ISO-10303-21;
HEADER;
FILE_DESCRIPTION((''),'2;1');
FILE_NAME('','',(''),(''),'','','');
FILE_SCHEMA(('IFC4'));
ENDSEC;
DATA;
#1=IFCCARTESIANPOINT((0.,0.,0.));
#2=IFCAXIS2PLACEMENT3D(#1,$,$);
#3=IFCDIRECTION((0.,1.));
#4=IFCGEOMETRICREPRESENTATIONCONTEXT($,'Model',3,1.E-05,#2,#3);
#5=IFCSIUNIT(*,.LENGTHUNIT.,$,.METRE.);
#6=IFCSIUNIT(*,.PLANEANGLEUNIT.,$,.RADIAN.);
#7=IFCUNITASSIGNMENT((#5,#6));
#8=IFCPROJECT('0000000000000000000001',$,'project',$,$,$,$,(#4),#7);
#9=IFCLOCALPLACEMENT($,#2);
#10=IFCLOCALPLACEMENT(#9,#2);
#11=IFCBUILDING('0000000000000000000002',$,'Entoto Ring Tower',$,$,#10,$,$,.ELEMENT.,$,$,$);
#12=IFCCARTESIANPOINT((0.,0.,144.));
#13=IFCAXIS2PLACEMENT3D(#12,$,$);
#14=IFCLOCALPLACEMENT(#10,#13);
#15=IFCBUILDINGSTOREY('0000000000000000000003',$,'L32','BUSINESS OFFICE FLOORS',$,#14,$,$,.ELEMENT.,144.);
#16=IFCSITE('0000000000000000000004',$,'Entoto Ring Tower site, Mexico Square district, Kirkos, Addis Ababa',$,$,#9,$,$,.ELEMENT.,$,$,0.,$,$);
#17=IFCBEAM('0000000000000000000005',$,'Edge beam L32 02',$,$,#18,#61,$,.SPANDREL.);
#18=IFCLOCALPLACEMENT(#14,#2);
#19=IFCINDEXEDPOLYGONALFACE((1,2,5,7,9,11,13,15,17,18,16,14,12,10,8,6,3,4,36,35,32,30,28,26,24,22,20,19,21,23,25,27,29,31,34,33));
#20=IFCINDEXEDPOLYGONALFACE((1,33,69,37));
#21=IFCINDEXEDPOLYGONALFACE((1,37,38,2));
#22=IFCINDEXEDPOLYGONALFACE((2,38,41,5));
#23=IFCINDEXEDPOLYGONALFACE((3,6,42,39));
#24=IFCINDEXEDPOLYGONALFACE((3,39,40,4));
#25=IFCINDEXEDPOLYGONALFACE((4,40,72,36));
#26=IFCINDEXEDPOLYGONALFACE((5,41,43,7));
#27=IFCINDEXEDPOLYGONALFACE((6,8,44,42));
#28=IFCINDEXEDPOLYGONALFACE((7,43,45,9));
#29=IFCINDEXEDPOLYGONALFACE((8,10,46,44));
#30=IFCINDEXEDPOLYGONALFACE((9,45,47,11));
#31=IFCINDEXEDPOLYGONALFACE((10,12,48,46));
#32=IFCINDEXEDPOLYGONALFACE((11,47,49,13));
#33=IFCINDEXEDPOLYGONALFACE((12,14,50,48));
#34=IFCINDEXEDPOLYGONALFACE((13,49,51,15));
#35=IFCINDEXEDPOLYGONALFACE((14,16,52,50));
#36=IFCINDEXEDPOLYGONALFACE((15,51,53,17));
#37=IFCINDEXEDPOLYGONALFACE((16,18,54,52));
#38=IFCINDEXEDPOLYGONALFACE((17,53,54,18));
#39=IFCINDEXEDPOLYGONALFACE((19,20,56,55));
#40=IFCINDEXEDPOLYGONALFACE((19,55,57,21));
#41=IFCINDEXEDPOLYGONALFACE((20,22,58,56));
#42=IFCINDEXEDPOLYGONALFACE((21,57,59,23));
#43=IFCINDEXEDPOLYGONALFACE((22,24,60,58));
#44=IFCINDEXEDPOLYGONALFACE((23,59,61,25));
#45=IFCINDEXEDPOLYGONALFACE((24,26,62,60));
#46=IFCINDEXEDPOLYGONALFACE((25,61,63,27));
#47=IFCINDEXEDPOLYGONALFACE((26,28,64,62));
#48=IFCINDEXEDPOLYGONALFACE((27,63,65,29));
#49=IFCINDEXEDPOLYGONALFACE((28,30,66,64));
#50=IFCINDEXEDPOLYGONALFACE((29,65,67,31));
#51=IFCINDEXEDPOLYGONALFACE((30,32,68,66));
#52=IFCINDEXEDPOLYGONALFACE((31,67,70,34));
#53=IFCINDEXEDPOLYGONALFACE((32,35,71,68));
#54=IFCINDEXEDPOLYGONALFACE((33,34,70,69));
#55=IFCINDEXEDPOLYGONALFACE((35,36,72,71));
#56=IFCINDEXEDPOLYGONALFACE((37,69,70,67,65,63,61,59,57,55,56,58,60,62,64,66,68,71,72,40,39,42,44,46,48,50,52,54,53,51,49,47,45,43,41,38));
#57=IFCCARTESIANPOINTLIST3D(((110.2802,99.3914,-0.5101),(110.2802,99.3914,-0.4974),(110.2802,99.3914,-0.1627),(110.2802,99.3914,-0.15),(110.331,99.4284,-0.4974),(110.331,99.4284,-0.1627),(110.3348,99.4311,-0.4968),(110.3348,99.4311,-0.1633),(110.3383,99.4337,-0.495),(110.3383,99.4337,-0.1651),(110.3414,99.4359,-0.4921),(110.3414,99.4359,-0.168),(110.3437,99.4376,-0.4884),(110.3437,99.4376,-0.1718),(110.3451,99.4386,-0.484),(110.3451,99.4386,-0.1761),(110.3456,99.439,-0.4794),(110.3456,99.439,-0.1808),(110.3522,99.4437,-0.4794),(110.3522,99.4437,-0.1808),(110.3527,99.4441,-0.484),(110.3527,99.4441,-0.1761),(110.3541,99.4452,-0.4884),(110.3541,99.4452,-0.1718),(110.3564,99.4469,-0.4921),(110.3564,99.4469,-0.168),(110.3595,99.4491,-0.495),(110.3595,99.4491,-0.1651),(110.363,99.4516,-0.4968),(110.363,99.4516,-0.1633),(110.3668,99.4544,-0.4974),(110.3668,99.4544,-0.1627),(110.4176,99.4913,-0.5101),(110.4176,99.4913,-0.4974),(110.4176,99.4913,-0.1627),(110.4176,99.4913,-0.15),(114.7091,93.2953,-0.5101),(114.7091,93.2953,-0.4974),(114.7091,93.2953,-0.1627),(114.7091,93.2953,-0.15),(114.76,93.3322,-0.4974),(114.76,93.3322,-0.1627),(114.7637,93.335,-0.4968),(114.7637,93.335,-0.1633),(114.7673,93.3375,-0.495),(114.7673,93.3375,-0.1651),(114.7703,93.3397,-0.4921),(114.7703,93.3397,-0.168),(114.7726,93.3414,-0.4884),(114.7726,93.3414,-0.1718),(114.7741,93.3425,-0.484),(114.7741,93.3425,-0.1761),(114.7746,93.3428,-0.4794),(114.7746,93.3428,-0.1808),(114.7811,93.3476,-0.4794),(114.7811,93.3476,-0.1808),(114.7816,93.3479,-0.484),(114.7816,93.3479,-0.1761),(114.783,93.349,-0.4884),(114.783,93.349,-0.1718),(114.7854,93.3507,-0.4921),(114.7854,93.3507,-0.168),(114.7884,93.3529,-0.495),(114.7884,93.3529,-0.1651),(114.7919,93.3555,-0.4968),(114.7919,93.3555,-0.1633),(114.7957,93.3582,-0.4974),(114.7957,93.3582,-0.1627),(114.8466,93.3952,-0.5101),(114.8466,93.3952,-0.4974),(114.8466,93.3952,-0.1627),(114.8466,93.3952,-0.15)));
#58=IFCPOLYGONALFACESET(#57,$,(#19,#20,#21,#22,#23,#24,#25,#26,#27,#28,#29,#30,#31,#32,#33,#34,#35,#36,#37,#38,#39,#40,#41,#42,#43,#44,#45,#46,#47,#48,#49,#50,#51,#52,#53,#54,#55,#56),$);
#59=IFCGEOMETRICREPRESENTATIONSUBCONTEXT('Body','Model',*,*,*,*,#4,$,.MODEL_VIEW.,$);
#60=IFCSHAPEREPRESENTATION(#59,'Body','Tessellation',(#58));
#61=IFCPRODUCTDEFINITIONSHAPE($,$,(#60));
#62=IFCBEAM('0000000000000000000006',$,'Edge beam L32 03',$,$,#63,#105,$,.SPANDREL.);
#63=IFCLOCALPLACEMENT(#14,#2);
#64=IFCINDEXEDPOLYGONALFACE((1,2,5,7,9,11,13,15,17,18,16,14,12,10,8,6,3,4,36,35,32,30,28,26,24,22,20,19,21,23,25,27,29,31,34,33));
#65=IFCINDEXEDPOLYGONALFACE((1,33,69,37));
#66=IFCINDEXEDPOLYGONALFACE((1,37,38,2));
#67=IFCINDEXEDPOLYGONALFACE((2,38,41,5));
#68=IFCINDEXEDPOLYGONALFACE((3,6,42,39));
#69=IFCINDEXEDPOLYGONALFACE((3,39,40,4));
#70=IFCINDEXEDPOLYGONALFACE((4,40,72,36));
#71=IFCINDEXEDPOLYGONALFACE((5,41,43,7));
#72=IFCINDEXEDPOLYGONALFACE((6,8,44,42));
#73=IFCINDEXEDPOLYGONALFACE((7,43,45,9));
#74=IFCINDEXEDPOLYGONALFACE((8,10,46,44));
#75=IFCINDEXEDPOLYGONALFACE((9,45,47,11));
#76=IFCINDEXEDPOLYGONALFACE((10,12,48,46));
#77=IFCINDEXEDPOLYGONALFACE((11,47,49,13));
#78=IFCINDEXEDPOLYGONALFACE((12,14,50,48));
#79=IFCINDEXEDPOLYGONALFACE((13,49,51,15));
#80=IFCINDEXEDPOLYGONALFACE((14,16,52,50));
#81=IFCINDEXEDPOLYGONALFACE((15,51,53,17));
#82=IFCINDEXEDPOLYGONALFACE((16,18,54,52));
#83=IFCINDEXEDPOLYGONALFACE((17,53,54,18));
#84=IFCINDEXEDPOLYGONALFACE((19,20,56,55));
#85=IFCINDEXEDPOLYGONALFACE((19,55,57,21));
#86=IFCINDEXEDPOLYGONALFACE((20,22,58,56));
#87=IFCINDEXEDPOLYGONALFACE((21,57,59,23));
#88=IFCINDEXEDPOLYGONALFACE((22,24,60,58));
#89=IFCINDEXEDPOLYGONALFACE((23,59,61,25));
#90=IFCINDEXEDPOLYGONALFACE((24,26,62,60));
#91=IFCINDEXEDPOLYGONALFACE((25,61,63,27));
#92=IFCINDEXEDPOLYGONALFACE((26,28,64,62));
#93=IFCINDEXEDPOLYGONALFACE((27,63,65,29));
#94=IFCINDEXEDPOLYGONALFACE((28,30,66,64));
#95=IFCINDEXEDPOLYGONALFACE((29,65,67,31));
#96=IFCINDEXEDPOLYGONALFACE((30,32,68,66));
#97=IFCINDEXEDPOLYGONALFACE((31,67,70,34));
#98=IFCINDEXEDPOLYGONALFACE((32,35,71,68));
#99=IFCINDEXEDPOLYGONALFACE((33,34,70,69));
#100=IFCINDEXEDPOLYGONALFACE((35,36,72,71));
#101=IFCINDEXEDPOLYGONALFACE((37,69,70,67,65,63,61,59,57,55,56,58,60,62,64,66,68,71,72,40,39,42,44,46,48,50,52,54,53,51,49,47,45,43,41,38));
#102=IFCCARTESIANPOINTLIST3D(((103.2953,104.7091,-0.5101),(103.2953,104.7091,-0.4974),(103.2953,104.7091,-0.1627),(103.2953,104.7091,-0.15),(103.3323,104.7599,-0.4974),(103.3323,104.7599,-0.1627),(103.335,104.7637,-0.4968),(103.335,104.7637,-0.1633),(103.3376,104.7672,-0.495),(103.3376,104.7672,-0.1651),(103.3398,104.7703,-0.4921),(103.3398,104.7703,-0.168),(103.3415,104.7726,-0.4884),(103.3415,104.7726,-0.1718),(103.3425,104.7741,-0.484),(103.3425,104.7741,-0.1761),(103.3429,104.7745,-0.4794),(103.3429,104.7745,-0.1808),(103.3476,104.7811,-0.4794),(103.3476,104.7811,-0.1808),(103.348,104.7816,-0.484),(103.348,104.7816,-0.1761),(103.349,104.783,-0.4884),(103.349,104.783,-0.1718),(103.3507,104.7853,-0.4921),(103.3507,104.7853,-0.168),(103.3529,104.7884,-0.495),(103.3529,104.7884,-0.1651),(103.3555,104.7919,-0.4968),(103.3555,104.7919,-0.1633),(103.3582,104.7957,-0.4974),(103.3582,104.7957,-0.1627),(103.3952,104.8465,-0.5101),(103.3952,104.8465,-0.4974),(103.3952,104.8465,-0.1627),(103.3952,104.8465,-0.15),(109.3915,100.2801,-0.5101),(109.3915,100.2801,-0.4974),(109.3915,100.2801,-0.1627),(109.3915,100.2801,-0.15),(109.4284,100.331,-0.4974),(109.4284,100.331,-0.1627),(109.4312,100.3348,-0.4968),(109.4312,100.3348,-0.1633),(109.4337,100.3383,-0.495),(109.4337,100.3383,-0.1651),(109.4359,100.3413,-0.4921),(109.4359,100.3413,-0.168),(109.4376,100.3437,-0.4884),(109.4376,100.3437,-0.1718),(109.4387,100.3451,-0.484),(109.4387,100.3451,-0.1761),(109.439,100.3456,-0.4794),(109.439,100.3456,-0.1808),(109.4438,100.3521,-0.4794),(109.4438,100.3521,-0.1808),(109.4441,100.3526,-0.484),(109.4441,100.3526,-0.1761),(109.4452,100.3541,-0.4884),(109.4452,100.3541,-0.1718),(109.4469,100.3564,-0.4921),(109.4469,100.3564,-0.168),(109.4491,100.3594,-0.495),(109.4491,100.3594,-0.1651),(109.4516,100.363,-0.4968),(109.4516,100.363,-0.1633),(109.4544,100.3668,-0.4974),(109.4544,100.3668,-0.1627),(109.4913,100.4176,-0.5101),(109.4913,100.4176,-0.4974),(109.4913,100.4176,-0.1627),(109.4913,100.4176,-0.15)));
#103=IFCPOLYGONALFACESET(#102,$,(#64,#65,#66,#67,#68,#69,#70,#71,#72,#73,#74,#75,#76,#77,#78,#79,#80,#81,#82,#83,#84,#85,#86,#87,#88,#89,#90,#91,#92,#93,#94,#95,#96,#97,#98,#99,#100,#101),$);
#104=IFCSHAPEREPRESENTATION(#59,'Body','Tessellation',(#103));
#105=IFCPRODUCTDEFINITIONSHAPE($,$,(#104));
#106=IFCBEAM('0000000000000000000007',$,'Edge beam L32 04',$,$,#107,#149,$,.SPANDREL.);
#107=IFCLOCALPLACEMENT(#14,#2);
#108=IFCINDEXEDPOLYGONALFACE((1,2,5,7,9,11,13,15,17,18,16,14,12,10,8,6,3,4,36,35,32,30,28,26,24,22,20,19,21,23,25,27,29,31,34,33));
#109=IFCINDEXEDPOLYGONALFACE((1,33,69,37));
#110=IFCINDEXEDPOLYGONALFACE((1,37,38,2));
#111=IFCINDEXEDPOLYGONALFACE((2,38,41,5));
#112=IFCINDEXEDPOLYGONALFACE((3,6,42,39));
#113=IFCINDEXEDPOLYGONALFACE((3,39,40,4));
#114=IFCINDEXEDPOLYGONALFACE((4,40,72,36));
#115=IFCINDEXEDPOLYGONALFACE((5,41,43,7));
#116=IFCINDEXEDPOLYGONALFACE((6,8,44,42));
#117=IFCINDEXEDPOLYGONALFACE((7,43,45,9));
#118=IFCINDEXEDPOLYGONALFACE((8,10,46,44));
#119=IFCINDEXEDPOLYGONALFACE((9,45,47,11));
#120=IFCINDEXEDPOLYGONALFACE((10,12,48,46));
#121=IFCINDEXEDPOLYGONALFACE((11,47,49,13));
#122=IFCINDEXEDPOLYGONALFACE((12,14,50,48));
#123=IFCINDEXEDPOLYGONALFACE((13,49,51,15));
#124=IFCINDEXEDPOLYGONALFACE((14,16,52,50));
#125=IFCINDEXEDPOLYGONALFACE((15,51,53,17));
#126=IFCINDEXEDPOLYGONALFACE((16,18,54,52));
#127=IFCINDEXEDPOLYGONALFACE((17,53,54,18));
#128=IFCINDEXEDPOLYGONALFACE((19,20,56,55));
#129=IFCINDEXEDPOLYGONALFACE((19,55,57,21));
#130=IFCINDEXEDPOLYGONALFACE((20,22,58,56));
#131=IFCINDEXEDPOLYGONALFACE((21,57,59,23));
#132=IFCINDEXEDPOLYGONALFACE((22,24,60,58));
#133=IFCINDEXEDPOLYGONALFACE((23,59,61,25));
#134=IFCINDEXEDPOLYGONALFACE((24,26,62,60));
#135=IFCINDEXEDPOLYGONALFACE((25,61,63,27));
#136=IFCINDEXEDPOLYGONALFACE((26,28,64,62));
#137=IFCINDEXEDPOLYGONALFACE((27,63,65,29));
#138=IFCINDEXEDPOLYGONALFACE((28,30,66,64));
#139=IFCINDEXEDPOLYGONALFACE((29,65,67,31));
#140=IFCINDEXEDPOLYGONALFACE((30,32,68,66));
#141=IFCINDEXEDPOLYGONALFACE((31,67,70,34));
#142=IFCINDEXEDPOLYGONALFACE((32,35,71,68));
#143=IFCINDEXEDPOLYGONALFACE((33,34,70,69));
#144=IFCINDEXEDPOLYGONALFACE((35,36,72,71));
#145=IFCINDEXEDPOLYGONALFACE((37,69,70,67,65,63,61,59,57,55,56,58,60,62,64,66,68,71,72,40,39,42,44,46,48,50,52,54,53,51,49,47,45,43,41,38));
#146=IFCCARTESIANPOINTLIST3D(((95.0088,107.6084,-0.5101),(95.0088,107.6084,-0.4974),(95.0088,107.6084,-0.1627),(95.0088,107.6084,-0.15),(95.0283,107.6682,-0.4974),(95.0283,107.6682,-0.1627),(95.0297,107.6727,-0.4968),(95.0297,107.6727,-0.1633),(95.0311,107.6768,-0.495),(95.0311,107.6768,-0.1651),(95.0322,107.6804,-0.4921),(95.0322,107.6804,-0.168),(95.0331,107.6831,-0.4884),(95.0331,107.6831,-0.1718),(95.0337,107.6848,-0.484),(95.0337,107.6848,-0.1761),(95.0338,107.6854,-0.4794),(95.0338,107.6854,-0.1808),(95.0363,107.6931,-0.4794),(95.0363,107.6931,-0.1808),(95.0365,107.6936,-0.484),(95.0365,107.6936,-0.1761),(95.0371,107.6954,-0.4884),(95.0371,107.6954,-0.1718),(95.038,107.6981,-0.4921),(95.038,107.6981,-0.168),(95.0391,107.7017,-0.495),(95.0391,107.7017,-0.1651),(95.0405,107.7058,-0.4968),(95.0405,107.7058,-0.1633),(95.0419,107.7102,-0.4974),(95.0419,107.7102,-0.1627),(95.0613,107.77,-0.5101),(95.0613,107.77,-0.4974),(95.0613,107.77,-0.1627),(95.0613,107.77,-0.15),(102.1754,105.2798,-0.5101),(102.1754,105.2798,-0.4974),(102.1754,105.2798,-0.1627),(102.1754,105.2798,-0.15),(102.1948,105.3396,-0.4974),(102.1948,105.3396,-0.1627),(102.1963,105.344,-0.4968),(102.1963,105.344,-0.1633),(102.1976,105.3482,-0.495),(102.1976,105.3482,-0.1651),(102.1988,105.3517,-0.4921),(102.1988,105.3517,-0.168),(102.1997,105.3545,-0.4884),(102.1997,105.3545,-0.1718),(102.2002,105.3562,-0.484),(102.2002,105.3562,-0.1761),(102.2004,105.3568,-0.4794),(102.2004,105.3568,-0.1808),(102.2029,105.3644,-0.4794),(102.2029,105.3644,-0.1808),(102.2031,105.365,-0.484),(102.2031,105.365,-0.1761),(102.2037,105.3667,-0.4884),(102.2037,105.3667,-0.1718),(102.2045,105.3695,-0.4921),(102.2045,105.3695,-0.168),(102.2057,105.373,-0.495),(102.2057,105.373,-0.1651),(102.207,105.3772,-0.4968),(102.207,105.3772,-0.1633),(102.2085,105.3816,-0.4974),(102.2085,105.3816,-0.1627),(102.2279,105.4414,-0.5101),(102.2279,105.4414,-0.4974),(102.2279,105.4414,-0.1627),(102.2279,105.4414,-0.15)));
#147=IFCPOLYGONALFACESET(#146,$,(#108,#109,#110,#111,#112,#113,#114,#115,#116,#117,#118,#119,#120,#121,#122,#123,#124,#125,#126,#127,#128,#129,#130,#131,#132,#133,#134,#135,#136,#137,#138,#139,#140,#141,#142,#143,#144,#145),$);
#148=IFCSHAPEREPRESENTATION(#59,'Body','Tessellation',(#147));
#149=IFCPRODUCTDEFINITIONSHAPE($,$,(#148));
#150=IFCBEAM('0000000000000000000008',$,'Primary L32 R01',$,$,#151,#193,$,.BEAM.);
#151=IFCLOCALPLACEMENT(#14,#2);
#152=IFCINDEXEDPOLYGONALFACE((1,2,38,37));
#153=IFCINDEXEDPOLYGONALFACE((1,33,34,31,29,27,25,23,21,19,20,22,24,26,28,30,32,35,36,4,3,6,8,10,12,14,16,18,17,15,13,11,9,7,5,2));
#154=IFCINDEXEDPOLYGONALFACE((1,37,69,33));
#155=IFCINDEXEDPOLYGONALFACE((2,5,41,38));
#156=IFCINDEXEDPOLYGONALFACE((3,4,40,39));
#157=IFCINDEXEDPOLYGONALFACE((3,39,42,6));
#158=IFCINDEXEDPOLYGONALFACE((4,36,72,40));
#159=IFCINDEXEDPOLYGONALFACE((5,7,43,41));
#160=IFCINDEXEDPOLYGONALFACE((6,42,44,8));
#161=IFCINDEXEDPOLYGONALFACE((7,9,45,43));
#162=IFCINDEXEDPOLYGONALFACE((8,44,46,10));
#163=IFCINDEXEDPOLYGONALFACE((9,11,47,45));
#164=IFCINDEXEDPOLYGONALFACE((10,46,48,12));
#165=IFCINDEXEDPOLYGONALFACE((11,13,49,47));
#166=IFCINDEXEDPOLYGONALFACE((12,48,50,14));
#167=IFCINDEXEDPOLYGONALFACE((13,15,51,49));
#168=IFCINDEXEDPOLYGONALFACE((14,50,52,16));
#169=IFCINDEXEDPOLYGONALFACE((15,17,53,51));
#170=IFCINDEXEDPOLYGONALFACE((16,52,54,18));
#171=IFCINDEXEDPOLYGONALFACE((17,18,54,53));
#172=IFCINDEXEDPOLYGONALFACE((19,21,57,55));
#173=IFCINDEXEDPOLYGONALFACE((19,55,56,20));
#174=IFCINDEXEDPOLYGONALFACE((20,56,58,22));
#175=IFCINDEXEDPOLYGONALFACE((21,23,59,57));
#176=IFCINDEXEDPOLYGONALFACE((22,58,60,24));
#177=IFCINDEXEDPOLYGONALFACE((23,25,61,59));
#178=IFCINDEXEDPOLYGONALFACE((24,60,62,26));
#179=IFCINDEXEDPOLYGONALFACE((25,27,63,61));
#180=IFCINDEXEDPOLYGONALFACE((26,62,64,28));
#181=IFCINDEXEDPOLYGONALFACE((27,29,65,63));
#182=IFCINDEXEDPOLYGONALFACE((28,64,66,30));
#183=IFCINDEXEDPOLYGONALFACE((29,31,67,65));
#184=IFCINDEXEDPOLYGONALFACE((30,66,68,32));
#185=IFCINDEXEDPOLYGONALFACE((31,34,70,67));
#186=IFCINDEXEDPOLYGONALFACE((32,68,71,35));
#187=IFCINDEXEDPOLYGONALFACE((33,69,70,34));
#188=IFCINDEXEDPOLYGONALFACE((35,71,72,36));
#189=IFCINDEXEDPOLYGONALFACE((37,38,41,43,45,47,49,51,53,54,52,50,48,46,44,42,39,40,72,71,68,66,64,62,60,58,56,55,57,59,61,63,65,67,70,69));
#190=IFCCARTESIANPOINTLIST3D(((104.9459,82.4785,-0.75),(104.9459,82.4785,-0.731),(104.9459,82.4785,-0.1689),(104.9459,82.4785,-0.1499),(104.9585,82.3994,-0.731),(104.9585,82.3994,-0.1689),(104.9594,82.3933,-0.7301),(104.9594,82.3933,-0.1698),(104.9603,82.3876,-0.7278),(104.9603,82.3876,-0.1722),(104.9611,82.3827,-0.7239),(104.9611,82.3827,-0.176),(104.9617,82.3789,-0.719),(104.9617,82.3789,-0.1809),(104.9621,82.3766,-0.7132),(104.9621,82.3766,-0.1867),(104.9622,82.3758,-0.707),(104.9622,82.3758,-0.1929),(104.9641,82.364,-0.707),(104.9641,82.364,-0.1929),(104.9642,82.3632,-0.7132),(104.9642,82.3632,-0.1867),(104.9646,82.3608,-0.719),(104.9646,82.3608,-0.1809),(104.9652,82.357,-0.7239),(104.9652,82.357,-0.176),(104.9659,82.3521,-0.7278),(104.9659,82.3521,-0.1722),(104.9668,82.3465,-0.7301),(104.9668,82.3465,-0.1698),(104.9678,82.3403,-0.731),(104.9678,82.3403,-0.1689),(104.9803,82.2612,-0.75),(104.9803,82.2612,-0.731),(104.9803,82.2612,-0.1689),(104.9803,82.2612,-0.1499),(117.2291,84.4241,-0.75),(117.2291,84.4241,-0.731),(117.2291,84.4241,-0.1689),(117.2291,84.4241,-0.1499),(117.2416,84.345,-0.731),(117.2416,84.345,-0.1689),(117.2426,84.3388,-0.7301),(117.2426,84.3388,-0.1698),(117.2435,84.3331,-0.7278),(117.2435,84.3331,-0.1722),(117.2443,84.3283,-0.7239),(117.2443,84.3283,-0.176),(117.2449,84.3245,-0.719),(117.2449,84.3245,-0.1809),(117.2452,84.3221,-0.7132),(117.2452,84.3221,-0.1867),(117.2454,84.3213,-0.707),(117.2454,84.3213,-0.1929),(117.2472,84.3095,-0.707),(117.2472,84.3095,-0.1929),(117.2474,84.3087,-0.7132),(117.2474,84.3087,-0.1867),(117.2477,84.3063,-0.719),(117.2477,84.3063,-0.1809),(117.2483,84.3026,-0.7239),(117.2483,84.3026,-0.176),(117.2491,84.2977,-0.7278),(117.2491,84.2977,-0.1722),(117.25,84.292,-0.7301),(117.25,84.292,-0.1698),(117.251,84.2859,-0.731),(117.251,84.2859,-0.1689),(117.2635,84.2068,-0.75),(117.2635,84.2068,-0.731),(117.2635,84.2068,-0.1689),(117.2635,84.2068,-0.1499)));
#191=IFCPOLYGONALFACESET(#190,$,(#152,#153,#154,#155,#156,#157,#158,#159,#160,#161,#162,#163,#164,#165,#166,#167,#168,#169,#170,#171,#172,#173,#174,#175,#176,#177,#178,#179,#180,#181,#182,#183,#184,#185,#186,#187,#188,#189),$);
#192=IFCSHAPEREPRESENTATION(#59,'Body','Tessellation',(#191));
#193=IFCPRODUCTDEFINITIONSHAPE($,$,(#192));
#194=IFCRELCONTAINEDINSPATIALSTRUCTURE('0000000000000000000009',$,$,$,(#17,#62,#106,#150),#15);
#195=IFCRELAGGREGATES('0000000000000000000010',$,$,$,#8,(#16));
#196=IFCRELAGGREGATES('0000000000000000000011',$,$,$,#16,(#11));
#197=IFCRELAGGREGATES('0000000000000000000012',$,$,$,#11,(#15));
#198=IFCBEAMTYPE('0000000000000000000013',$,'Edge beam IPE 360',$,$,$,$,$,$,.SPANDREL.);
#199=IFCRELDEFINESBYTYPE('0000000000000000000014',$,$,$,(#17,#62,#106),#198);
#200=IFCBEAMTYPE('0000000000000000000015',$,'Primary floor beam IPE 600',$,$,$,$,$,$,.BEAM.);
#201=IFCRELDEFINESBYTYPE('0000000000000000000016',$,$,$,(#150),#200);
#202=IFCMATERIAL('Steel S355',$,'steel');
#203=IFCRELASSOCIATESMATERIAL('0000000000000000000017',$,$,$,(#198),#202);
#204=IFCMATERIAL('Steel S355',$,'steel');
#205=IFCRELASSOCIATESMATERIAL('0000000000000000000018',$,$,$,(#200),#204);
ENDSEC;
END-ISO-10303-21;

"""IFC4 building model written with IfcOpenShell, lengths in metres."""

from ifc_helpers import new_model, si_unit, direction, frame, origin, origin_2d, place, context, subcontext, project, spatial, i_section, extrude, material, material_profile, profile_set, type_object, element, save


model = new_model("IFC4")

# Units and contexts
model_context = context("Model", 3, precision=1e-05, world=origin(), true_north=direction((0.0, 1.0)))
body_context = subcontext(model_context, "Body", "Model", "MODEL_VIEW")
ifc_project = project(units=[si_unit("LENGTHUNIT", "METRE"), si_unit("PLANEANGLEUNIT", "RADIAN")], contexts=[model_context])

# Site, building, storey
site_placement = place(None, origin())
site = spatial("IfcSite", under=ifc_project, at=site_placement, Name="Entoto Ring Tower site, Mexico Square district, Kirkos, Addis Ababa", CompositionType="ELEMENT", RefElevation=0.0)
building_placement = place(site_placement, origin())
building = spatial("IfcBuilding", under=site, at=building_placement, Name="Entoto Ring Tower", CompositionType="ELEMENT")
storey_placement = place(building_placement, frame((0.0, 0.0, 144.0)))
storey = spatial("IfcBuildingStorey", under=building, at=storey_placement, Name="L32", Description="BUSINESS OFFICE FLOORS", CompositionType="ELEMENT", Elevation=144.0)

# Beams
ifc_material_1 = material(Name="Steel S355", Category="steel")
ifc_material_profile_1 = material_profile(ifc_material_1, i_section(OverallWidth=0.1699, OverallDepth=0.3601, WebThickness=0.0081, FlangeThickness=0.0127, FilletRadius=0.0181, at=origin_2d()), Name="IPE 360")
ifc_profile_set_1 = profile_set([ifc_material_profile_1], Name="Steel S355")
beam_type_1 = type_object("IfcBeamType", Name="Edge beam IPE 360", PredefinedType="SPANDREL", material=ifc_profile_set_1)
for number, where, z_axis, x_axis, name in (
    (1, (114.7778, 93.3452, -0.3301), (-0.587769, 0.809029, 0.0), (-0.809029, -0.587769, 0.0), "Edge beam L32 02"),
    (2, (109.4414, 100.3489, -0.3301), (-0.809029, 0.587769, 0.0), (-0.587769, -0.809029, 0.0), "Edge beam L32 03"),
):
    element("IfcBeam", number, at=place(storey_placement, frame(where, z_axis=z_axis, x_axis=x_axis)), inside=storey, type_object=beam_type_1, Name=name, PredefinedType="SPANDREL", context=body_context, shape_type="SweptSolid", body=[
        extrude(i_section(OverallWidth=0.1699, OverallDepth=0.3601, WebThickness=0.0081, FlangeThickness=0.0127, FilletRadius=0.0181, at=origin_2d()), origin(), (0.0, 0.0, 1.0), 7.5352),
    ])
beam_1_placement = place(storey_placement, frame((102.2017, 105.3606, -0.3301), z_axis=(-0.951054, 0.309026, 0.0), x_axis=(-0.309026, -0.951054, 0.0)))
element("IfcBeam", 3, at=beam_1_placement, inside=storey, type_object=beam_type_1, Name="Edge beam L32 04", PredefinedType="SPANDREL", context=body_context, shape_type="SweptSolid", body=[
    extrude(i_section(OverallWidth=0.1699, OverallDepth=0.3601, WebThickness=0.0081, FlangeThickness=0.0127, FilletRadius=0.0181, at=origin_2d()), origin(), (0.0, 0.0, 1.0), 7.5354),
])
ifc_material_2 = material(Name="Steel S355", Category="steel")
ifc_material_profile_2 = material_profile(ifc_material_2, i_section(OverallWidth=0.22, OverallDepth=0.6001, WebThickness=0.012, FlangeThickness=0.019, FilletRadius=0.0239, at=origin_2d()), Name="IPE 600")
ifc_profile_set_2 = profile_set([ifc_material_profile_2], Name="Steel S355")
beam_type_2 = type_object("IfcBeamType", Name="Primary floor beam IPE 600", PredefinedType="BEAM", material=ifc_profile_set_2)
beam_2_placement = place(storey_placement, frame((104.9631, 82.3699, -0.45), z_axis=(0.987687, 0.156441, 0.0), x_axis=(-0.156441, 0.987687, 0.0)))
element("IfcBeam", 4, at=beam_2_placement, inside=storey, type_object=beam_type_2, Name="Primary L32 R01", PredefinedType="BEAM", context=body_context, shape_type="SweptSolid", body=[
    extrude(i_section(OverallWidth=0.22, OverallDepth=0.6001, WebThickness=0.012, FlangeThickness=0.019, FilletRadius=0.0239, at=origin_2d()), origin(), (0.0, 0.0, 1.0), 12.4363),
])

save(model, "model.ifc")
